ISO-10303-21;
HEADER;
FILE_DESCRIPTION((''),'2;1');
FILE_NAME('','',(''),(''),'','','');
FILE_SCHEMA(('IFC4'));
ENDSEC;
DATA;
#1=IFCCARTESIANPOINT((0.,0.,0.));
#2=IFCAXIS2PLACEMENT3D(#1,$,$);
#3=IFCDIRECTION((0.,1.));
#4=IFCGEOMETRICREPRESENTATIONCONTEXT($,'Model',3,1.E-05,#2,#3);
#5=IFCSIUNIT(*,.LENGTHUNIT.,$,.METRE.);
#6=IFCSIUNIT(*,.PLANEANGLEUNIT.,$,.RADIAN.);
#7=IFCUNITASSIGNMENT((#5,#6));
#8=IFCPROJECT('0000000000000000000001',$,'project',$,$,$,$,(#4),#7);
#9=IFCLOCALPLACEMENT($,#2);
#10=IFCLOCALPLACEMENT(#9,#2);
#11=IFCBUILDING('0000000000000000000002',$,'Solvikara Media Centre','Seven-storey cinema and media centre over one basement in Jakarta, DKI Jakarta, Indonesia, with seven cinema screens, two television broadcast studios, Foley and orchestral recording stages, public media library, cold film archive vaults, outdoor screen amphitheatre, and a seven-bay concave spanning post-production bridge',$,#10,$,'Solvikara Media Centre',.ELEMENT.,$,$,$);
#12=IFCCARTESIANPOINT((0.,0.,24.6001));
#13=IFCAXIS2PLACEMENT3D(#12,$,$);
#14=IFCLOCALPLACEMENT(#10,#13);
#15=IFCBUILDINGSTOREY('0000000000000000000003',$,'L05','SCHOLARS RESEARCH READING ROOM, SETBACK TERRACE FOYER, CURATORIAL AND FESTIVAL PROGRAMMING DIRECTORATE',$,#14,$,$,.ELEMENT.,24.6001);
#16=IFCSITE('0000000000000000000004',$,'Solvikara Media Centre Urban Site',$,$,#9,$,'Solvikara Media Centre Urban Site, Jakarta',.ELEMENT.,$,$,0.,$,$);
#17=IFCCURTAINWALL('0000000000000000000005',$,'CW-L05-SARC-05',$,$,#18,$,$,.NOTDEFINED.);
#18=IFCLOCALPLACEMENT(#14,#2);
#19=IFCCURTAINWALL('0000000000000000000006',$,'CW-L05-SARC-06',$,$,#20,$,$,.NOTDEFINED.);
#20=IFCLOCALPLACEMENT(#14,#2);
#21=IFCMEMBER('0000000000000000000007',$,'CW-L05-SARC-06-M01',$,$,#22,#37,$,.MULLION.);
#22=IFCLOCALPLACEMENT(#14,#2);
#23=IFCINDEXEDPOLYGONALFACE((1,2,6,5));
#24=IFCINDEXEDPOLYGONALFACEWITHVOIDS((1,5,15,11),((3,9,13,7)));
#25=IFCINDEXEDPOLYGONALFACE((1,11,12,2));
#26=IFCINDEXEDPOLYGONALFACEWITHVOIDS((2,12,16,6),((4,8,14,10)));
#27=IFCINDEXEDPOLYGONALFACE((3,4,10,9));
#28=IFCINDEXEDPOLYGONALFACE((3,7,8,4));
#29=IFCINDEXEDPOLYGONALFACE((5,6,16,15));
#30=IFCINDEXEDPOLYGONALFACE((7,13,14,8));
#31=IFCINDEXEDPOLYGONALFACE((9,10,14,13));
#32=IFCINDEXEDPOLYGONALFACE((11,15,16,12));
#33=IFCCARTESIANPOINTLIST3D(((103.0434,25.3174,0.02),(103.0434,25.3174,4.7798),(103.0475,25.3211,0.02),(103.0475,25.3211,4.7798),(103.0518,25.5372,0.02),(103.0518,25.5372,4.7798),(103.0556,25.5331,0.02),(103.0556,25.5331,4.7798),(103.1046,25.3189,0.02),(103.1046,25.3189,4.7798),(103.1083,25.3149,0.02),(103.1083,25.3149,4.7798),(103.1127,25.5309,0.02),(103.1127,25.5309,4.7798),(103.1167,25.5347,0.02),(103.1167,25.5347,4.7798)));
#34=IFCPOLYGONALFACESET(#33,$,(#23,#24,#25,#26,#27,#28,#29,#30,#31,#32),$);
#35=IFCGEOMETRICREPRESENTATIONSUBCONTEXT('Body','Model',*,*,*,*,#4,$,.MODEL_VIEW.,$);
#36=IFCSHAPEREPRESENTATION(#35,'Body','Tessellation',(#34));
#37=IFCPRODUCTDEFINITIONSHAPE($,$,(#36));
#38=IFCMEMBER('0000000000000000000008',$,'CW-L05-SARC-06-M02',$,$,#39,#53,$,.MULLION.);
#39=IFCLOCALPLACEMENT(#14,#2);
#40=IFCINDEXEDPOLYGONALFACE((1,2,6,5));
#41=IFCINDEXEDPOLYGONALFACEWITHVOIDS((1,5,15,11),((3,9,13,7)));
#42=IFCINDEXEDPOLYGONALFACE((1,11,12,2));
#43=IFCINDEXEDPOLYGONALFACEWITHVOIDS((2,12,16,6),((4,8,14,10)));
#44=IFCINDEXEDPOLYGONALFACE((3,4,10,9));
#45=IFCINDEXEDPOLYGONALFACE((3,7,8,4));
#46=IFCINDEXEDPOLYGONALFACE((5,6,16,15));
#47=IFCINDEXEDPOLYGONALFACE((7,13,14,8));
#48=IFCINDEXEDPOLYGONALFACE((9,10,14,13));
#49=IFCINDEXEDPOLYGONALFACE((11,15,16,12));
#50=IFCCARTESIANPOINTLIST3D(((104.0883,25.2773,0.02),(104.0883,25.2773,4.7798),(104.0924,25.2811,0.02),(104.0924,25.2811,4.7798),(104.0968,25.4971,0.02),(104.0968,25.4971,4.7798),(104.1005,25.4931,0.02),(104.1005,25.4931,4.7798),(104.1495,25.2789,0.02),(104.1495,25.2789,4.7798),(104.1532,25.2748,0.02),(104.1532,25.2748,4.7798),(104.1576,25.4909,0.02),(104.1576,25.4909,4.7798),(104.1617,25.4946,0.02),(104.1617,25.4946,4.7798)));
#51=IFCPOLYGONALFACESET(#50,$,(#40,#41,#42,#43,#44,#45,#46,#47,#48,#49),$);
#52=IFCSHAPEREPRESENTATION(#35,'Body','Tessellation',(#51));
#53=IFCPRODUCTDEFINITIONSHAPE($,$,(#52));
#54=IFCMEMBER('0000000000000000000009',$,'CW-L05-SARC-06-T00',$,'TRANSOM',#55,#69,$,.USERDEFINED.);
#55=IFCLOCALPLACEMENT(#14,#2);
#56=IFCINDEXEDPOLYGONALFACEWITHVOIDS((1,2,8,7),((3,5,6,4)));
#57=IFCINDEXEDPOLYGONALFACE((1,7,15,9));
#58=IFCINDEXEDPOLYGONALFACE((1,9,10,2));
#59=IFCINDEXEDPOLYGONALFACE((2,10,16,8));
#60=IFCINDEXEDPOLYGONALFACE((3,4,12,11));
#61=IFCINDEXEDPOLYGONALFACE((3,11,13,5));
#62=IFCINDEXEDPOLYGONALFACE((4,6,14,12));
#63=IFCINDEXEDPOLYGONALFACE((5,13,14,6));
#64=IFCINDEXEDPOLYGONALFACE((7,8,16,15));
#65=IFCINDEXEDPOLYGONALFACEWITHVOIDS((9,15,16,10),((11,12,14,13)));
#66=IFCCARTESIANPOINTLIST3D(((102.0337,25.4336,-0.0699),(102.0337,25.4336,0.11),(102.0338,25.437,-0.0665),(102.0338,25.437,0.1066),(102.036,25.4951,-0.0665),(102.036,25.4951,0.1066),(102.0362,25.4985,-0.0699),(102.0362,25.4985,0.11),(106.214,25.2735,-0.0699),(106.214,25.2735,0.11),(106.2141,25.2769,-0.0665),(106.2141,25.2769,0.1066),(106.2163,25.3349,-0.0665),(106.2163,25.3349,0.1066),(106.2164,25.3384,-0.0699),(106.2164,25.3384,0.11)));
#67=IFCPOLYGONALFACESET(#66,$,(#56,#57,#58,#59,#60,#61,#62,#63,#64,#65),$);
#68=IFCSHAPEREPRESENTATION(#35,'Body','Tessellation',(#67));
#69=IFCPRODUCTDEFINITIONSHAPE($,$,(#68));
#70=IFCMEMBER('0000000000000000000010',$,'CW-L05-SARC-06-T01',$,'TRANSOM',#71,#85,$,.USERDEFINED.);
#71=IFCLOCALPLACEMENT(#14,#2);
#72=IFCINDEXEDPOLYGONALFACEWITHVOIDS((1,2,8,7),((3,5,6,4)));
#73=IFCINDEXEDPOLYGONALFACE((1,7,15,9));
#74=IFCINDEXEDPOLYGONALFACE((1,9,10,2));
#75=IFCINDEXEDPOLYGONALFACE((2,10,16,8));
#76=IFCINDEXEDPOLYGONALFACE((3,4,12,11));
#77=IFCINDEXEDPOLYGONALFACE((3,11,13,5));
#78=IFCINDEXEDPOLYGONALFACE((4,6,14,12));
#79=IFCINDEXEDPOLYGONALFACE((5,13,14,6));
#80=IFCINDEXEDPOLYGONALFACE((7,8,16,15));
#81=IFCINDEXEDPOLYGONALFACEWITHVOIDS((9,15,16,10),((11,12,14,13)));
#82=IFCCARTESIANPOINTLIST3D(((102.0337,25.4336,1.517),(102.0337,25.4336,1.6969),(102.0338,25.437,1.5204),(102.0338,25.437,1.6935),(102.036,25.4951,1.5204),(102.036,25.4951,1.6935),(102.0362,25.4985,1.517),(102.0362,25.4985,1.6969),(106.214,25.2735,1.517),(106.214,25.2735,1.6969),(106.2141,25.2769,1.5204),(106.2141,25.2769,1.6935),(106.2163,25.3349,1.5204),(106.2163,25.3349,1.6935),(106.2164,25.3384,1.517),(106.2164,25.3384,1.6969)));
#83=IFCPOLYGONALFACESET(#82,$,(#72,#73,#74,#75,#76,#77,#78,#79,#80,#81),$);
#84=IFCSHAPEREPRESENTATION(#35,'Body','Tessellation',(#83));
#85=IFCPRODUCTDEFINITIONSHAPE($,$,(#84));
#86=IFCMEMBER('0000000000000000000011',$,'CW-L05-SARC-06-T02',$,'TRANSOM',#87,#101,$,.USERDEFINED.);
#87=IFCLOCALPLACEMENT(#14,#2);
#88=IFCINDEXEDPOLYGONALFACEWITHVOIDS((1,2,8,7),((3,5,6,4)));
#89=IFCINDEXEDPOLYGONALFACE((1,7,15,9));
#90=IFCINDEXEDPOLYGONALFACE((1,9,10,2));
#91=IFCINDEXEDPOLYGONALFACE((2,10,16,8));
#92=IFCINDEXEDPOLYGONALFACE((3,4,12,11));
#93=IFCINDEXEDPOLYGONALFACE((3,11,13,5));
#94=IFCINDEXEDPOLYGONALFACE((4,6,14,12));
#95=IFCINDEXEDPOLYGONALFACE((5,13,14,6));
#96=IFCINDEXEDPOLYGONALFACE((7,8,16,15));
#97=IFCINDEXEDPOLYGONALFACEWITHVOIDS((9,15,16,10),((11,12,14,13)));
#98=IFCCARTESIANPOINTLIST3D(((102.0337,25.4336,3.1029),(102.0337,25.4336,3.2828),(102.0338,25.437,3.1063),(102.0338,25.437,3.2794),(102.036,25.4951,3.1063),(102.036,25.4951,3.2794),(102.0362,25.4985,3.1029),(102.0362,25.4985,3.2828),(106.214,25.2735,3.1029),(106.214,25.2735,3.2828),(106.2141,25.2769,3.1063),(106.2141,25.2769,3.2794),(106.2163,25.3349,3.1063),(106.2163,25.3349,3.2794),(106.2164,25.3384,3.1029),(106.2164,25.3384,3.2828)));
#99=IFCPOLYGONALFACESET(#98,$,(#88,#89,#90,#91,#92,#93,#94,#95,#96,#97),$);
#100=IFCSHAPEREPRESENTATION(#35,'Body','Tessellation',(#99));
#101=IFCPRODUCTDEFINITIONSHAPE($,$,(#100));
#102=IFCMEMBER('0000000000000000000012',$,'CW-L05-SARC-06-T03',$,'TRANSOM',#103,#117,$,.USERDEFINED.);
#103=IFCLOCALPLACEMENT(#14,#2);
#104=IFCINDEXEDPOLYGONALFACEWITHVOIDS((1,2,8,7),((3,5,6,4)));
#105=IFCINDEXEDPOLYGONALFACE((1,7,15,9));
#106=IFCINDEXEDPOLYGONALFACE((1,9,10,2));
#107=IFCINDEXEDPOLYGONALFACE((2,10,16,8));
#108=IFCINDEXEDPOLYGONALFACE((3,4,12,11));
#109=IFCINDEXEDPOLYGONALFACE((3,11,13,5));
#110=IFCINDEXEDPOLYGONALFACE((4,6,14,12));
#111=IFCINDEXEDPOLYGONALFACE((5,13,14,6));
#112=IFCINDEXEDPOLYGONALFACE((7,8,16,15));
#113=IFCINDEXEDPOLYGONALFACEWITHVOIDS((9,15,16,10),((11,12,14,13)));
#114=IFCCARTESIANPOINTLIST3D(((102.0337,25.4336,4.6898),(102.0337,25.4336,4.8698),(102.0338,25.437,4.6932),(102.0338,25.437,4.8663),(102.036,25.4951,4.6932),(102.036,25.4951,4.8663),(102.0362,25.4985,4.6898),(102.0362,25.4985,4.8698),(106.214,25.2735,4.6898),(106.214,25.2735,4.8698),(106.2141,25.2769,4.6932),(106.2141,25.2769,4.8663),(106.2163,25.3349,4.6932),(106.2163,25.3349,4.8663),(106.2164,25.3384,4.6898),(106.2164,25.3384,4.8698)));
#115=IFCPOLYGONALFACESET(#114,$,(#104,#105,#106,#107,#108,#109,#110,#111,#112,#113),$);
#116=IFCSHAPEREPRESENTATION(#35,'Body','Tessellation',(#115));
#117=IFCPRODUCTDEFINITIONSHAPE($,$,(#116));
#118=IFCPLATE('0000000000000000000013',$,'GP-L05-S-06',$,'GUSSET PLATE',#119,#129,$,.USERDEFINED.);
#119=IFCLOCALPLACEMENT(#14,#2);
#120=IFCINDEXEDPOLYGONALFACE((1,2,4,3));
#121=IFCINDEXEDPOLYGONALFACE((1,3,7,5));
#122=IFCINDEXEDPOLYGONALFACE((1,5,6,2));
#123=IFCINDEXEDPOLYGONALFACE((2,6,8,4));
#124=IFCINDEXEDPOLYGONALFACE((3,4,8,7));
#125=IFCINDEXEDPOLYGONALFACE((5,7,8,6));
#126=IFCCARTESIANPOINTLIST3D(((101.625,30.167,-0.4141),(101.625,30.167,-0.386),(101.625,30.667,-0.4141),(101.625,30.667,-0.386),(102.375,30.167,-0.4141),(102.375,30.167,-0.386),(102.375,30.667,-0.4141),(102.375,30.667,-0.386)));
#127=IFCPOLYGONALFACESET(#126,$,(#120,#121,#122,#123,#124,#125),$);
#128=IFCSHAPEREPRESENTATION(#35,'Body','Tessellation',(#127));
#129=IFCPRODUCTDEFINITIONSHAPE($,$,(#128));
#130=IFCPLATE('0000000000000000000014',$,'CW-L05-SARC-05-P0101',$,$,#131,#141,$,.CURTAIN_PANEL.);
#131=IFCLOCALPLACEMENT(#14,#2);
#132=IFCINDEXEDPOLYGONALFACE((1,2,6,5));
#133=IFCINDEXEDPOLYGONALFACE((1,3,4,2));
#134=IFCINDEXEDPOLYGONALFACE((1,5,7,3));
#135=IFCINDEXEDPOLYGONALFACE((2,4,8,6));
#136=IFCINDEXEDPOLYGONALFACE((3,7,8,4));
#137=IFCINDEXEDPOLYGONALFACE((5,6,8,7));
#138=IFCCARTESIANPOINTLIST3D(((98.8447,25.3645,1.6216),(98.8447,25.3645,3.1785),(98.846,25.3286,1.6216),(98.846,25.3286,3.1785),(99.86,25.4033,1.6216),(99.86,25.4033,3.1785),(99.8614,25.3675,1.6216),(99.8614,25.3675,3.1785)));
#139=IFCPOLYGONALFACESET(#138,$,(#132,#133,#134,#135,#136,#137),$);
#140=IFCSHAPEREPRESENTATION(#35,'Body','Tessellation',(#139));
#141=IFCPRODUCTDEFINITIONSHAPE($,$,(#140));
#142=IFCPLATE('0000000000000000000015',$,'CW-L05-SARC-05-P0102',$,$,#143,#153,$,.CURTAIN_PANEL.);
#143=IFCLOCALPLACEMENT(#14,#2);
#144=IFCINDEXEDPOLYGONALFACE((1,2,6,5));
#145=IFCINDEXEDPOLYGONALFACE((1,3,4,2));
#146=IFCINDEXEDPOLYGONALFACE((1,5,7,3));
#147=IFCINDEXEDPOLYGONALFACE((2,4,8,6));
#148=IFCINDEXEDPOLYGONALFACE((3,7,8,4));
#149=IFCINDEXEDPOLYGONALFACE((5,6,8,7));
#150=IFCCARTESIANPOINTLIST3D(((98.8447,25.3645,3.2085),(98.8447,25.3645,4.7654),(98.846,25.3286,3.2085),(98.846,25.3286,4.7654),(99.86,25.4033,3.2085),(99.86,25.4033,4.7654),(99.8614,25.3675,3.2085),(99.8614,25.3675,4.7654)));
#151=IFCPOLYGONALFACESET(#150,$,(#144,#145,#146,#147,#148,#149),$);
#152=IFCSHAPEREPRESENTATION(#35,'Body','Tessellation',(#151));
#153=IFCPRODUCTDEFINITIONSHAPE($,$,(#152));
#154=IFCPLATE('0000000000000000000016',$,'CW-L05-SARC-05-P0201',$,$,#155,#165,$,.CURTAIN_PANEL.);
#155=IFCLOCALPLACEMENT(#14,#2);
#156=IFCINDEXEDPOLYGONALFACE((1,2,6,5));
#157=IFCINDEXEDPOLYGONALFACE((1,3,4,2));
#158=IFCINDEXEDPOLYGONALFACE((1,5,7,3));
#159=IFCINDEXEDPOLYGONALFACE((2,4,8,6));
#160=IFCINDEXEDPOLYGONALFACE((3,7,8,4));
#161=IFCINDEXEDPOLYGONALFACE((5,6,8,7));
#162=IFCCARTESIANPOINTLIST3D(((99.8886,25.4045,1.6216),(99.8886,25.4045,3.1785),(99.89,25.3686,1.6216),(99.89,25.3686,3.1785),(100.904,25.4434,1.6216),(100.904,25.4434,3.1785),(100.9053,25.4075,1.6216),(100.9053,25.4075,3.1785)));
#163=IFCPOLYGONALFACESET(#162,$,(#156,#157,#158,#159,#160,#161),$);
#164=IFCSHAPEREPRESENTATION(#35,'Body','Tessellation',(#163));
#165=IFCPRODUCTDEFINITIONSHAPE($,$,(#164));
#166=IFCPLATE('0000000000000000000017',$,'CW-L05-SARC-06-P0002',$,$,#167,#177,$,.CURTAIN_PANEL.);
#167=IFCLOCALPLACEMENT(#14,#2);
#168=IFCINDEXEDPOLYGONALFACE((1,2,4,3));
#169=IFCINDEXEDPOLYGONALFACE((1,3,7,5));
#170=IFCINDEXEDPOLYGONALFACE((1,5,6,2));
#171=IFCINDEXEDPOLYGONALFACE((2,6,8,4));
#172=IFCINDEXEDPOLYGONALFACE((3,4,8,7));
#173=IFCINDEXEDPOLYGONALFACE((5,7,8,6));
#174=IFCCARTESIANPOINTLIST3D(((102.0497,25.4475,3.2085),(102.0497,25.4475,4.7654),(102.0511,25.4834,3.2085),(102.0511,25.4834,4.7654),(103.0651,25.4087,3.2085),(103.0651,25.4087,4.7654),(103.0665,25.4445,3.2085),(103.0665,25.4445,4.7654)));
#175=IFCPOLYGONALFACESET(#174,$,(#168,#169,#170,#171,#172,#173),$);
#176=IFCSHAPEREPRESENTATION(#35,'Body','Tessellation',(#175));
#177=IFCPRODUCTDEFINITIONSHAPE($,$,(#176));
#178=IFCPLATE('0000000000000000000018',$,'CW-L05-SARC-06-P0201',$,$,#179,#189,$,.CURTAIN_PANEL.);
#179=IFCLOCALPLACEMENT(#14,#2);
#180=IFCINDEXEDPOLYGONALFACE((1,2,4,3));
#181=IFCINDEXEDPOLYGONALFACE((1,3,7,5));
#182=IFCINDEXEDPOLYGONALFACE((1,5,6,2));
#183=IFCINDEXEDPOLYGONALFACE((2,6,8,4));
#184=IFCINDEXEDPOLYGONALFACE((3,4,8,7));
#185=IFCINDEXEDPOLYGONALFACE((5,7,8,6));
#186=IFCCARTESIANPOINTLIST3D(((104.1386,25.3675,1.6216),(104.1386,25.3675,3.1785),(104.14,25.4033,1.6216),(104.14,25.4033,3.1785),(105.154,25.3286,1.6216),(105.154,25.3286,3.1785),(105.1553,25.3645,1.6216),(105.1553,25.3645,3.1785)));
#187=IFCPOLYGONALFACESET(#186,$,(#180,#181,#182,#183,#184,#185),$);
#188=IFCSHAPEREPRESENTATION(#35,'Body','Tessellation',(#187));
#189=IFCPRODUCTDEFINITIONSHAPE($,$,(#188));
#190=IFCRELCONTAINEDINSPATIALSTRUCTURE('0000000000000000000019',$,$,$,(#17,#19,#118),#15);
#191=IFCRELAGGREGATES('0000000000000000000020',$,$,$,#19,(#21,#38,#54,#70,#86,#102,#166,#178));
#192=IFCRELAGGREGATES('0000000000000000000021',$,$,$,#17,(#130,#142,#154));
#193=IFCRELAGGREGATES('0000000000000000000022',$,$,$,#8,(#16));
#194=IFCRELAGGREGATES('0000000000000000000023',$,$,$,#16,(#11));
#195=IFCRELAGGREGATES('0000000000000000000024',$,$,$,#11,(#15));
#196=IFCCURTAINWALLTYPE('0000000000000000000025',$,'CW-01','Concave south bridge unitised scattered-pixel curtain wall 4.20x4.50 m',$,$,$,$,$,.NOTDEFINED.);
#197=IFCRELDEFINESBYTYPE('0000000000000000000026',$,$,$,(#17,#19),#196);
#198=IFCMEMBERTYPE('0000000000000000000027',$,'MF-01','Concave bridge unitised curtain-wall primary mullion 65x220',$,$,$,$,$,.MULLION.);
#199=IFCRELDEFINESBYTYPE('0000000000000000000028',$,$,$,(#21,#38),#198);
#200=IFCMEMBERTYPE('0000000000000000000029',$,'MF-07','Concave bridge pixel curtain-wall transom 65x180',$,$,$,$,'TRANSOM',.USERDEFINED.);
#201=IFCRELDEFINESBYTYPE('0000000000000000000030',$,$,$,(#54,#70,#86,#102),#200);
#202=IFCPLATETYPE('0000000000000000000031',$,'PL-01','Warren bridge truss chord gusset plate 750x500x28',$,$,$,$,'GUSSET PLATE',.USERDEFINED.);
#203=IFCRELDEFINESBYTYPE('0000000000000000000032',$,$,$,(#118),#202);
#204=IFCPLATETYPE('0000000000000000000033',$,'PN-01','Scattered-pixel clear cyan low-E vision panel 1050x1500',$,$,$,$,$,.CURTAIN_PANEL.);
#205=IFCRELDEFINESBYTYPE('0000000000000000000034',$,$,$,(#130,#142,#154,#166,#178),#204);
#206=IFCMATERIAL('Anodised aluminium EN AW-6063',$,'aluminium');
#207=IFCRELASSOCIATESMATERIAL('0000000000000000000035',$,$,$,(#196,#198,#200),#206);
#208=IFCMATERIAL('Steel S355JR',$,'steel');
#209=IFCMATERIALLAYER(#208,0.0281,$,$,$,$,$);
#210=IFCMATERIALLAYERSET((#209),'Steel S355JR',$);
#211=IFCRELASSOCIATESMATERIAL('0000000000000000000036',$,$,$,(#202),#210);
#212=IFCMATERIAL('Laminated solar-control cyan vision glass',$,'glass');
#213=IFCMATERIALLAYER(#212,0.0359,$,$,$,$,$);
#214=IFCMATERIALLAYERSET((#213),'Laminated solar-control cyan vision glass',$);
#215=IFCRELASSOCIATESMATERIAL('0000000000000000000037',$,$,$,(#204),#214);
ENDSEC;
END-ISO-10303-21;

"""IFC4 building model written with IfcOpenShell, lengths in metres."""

from ifc_helpers import new_model, si_unit, direction, frame, origin, origin_2d, place, context, subcontext, project, spatial, rectangle, hollow_rectangle, extrude, material, layer, layer_set, material_profile, profile_set, type_object, element, aggregate, save


model = new_model("IFC4")

# Units and contexts
model_context = context("Model", 3, precision=1e-05, world=origin(), true_north=direction((0.0, 1.0)))
body_context = subcontext(model_context, "Body", "Model", "MODEL_VIEW")
ifc_project = project(units=[si_unit("LENGTHUNIT", "METRE"), si_unit("PLANEANGLEUNIT", "RADIAN")], contexts=[model_context])

# Site, building, storey
site_placement = place(None, origin())
site = spatial("IfcSite", under=ifc_project, at=site_placement, Name="Solvikara Media Centre Urban Site", LongName="Solvikara Media Centre Urban Site, Jakarta", CompositionType="ELEMENT", RefElevation=0.0)
building_placement = place(site_placement, origin())
building = spatial("IfcBuilding", under=site, at=building_placement, Name="Solvikara Media Centre", Description="Seven-storey cinema and media centre over one basement in Jakarta, DKI Jakarta, Indonesia, with seven cinema screens, two television broadcast studios, Foley and orchestral recording stages, public media library, cold film archive vaults, outdoor screen amphitheatre, and a seven-bay concave spanning post-production bridge", LongName="Solvikara Media Centre", CompositionType="ELEMENT")
storey_placement = place(building_placement, frame((0.0, 0.0, 24.6001)))
storey = spatial("IfcBuildingStorey", under=building, at=storey_placement, Name="L05", Description="SCHOLARS RESEARCH READING ROOM, SETBACK TERRACE FOYER, CURATORIAL AND FESTIVAL PROGRAMMING DIRECTORATE", CompositionType="ELEMENT", Elevation=24.6001)

# Shared definitions
ifc_material_1 = material(Name="Steel S355JR", Category="steel")

# Curtain walls, members
ifc_material_2 = material(Name="Anodised aluminium EN AW-6063", Category="aluminium")
curtain_wall_type = type_object("IfcCurtainWallType", Name="CW-01", Description="Concave south bridge unitised scattered-pixel curtain wall 4.20x4.50 m", PredefinedType="NOTDEFINED", material=ifc_material_2)
curtain_wall_1_placement = place(storey_placement, origin())
curtain_wall_1 = element("IfcCurtainWall", 1, at=curtain_wall_1_placement, inside=storey, type_object=curtain_wall_type, Name="CW-L05-SARC-05", PredefinedType="NOTDEFINED")
ifc_material_profile_1 = material_profile(ifc_material_2, hollow_rectangle(XDim=0.0649, YDim=0.22, WallThickness=0.0039, at=origin_2d()), Name="ALU-M 65x220x4")
ifc_profile_set_1 = profile_set([ifc_material_profile_1], Name="Anodised aluminium EN AW-6063")
member_type_1 = type_object("IfcMemberType", Name="MF-01", Description="Concave bridge unitised curtain-wall primary mullion 65x220", PredefinedType="MULLION", material=ifc_profile_set_1)
curtain_wall_2_placement = place(storey_placement, origin())
curtain_wall_2 = element("IfcCurtainWall", 2, at=curtain_wall_2_placement, inside=storey, type_object=curtain_wall_type, Name="CW-L05-SARC-06", PredefinedType="NOTDEFINED")
member_1_placement = place(storey_placement, frame((103.0801, 25.426, 0.02), z_axis=(0.0, 0.0, 1.0), x_axis=(0.999268, -0.038248, 0.0)))
member_1 = element("IfcMember", 3, at=member_1_placement, type_object=member_type_1, Name="CW-L05-SARC-06-M01", PredefinedType="MULLION", context=body_context, shape_type="SweptSolid", body=[
    extrude(hollow_rectangle(XDim=0.0649, YDim=0.22, WallThickness=0.0039, at=origin_2d()), origin(), (0.0, 0.0, 1.0), 4.7598),
])
member_2_placement = place(storey_placement, frame((104.125, 25.386, 0.02), z_axis=(0.0, 0.0, 1.0), x_axis=(0.999268, -0.038248, 0.0)))
member_2 = element("IfcMember", 4, at=member_2_placement, type_object=member_type_1, Name="CW-L05-SARC-06-M02", PredefinedType="MULLION", context=body_context, shape_type="SweptSolid", body=[
    extrude(hollow_rectangle(XDim=0.0649, YDim=0.22, WallThickness=0.0039, at=origin_2d()), origin(), (0.0, 0.0, 1.0), 4.7598),
])
ifc_material_profile_2 = material_profile(ifc_material_2, hollow_rectangle(XDim=0.0649, YDim=0.1799, WallThickness=0.0034, at=origin_2d()), Name="ALU-T 65x180x3.5")
ifc_profile_set_2 = profile_set([ifc_material_profile_2], Name="Anodised aluminium EN AW-6063")
member_type_2 = type_object("IfcMemberType", Name="MF-07", Description="Concave bridge pixel curtain-wall transom 65x180", ElementType="TRANSOM", PredefinedType="USERDEFINED", material=ifc_profile_set_2)
member_3_placement = place(storey_placement, frame((102.0349, 25.4661, 0.02), z_axis=(0.999267, -0.038285, 0.0), x_axis=(0.038285, 0.999267, 0.0)))
member_3 = element("IfcMember", 5, at=member_3_placement, type_object=member_type_2, Name="CW-L05-SARC-06-T00", ObjectType="TRANSOM", PredefinedType="USERDEFINED", context=body_context, shape_type="SweptSolid", body=[
    extrude(hollow_rectangle(XDim=0.0649, YDim=0.1799, WallThickness=0.0034, at=origin_2d()), origin(), (0.0, 0.0, 1.0), 4.1833),
])
member_4_placement = place(storey_placement, frame((102.0349, 25.4661, 1.6069), z_axis=(0.999267, -0.038285, 0.0), x_axis=(0.038285, 0.999267, 0.0)))
member_4 = element("IfcMember", 6, at=member_4_placement, type_object=member_type_2, Name="CW-L05-SARC-06-T01", ObjectType="TRANSOM", PredefinedType="USERDEFINED", context=body_context, shape_type="SweptSolid", body=[
    extrude(hollow_rectangle(XDim=0.0649, YDim=0.1799, WallThickness=0.0034, at=origin_2d()), origin(), (0.0, 0.0, 1.0), 4.1833),
])
member_5_placement = place(storey_placement, frame((102.0349, 25.4661, 3.1929), z_axis=(0.999267, -0.038285, 0.0), x_axis=(0.038285, 0.999267, 0.0)))
member_5 = element("IfcMember", 7, at=member_5_placement, type_object=member_type_2, Name="CW-L05-SARC-06-T02", ObjectType="TRANSOM", PredefinedType="USERDEFINED", context=body_context, shape_type="SweptSolid", body=[
    extrude(hollow_rectangle(XDim=0.0649, YDim=0.1799, WallThickness=0.0034, at=origin_2d()), origin(), (0.0, 0.0, 1.0), 4.1833),
])
member_6_placement = place(storey_placement, frame((102.0349, 25.4661, 4.7798), z_axis=(0.999267, -0.038285, 0.0), x_axis=(0.038285, 0.999267, 0.0)))
member_6 = element("IfcMember", 8, at=member_6_placement, type_object=member_type_2, Name="CW-L05-SARC-06-T03", ObjectType="TRANSOM", PredefinedType="USERDEFINED", context=body_context, shape_type="SweptSolid", body=[
    extrude(hollow_rectangle(XDim=0.0649, YDim=0.1799, WallThickness=0.0034, at=origin_2d()), origin(), (0.0, 0.0, 1.0), 4.1833),
])

# Plates
ifc_layer_1 = layer(ifc_material_1, 0.0281)
ifc_layer_set_1 = layer_set([ifc_layer_1], Name="Steel S355JR")
plate_type_1 = type_object("IfcPlateType", Name="PL-01", Description="Warren bridge truss chord gusset plate 750x500x28", ElementType="GUSSET PLATE", PredefinedType="USERDEFINED", material=ifc_layer_set_1)
plate_1_placement = place(storey_placement, frame((102.0, 30.417, -0.4141), z_axis=(0.0, 0.0, 1.0), x_axis=(1.0, 0.0, 0.0)))
element("IfcPlate", 9, at=plate_1_placement, inside=storey, type_object=plate_type_1, Name="GP-L05-S-06", ObjectType="GUSSET PLATE", PredefinedType="USERDEFINED", context=body_context, shape_type="SweptSolid", body=[
    extrude(rectangle(XDim=0.75, YDim=0.5, at=origin_2d()), origin(), (0.0, 0.0, 1.0), 0.0281),
])
ifc_material_3 = material(Name="Laminated solar-control cyan vision glass", Category="glass")
ifc_layer_2 = layer(ifc_material_3, 0.0359)
ifc_layer_set_2 = layer_set([ifc_layer_2], Name="Laminated solar-control cyan vision glass")
plate_type_2 = type_object("IfcPlateType", Name="PN-01", Description="Scattered-pixel clear cyan low-E vision panel 1050x1500", PredefinedType="CURTAIN_PANEL", material=ifc_layer_set_2)
plate_2_placement = place(storey_placement, frame((99.353, 25.366, 1.6216), z_axis=(0.0, 0.0, 1.0), x_axis=(0.999268, 0.038248, 0.0)))
plate_2 = element("IfcPlate", 10, at=plate_2_placement, type_object=plate_type_2, Name="CW-L05-SARC-05-P0101", PredefinedType="CURTAIN_PANEL", context=body_context, shape_type="SweptSolid", body=[
    extrude(rectangle(XDim=1.0161, YDim=0.0359, at=origin_2d()), origin(), (0.0, 0.0, 1.0), 1.5569),
])
plate_3_placement = place(storey_placement, frame((99.353, 25.366, 3.2085), z_axis=(0.0, 0.0, 1.0), x_axis=(0.999268, 0.038248, 0.0)))
plate_3 = element("IfcPlate", 11, at=plate_3_placement, type_object=plate_type_2, Name="CW-L05-SARC-05-P0102", PredefinedType="CURTAIN_PANEL", context=body_context, shape_type="SweptSolid", body=[
    extrude(rectangle(XDim=1.0161, YDim=0.0359, at=origin_2d()), origin(), (0.0, 0.0, 1.0), 1.5569),
])
plate_4_placement = place(storey_placement, frame((100.397, 25.406, 1.6216), z_axis=(0.0, 0.0, 1.0), x_axis=(0.999268, 0.038248, 0.0)))
plate_4 = element("IfcPlate", 12, at=plate_4_placement, type_object=plate_type_2, Name="CW-L05-SARC-05-P0201", PredefinedType="CURTAIN_PANEL", context=body_context, shape_type="SweptSolid", body=[
    extrude(rectangle(XDim=1.0161, YDim=0.0359, at=origin_2d()), origin(), (0.0, 0.0, 1.0), 1.5569),
])
plate_5_placement = place(storey_placement, frame((102.5581, 25.446, 3.2085), z_axis=(0.0, 0.0, 1.0), x_axis=(0.999268, -0.038248, 0.0)))
plate_5 = element("IfcPlate", 13, at=plate_5_placement, type_object=plate_type_2, Name="CW-L05-SARC-06-P0002", PredefinedType="CURTAIN_PANEL", context=body_context, shape_type="SweptSolid", body=[
    extrude(rectangle(XDim=1.0161, YDim=0.0359, at=origin_2d()), origin(), (0.0, 0.0, 1.0), 1.5569),
])
plate_6_placement = place(storey_placement, frame((104.647, 25.366, 1.6216), z_axis=(0.0, 0.0, 1.0), x_axis=(0.999268, -0.038248, 0.0)))
plate_6 = element("IfcPlate", 14, at=plate_6_placement, type_object=plate_type_2, Name="CW-L05-SARC-06-P0201", PredefinedType="CURTAIN_PANEL", context=body_context, shape_type="SweptSolid", body=[
    extrude(rectangle(XDim=1.0161, YDim=0.0359, at=origin_2d()), origin(), (0.0, 0.0, 1.0), 1.5569),
])
aggregate(curtain_wall_2, [member_1, member_2, member_3, member_4, member_5, member_6, plate_5, plate_6])
aggregate(curtain_wall_1, [plate_2, plate_3, plate_4])

save(model, "model.ifc")
